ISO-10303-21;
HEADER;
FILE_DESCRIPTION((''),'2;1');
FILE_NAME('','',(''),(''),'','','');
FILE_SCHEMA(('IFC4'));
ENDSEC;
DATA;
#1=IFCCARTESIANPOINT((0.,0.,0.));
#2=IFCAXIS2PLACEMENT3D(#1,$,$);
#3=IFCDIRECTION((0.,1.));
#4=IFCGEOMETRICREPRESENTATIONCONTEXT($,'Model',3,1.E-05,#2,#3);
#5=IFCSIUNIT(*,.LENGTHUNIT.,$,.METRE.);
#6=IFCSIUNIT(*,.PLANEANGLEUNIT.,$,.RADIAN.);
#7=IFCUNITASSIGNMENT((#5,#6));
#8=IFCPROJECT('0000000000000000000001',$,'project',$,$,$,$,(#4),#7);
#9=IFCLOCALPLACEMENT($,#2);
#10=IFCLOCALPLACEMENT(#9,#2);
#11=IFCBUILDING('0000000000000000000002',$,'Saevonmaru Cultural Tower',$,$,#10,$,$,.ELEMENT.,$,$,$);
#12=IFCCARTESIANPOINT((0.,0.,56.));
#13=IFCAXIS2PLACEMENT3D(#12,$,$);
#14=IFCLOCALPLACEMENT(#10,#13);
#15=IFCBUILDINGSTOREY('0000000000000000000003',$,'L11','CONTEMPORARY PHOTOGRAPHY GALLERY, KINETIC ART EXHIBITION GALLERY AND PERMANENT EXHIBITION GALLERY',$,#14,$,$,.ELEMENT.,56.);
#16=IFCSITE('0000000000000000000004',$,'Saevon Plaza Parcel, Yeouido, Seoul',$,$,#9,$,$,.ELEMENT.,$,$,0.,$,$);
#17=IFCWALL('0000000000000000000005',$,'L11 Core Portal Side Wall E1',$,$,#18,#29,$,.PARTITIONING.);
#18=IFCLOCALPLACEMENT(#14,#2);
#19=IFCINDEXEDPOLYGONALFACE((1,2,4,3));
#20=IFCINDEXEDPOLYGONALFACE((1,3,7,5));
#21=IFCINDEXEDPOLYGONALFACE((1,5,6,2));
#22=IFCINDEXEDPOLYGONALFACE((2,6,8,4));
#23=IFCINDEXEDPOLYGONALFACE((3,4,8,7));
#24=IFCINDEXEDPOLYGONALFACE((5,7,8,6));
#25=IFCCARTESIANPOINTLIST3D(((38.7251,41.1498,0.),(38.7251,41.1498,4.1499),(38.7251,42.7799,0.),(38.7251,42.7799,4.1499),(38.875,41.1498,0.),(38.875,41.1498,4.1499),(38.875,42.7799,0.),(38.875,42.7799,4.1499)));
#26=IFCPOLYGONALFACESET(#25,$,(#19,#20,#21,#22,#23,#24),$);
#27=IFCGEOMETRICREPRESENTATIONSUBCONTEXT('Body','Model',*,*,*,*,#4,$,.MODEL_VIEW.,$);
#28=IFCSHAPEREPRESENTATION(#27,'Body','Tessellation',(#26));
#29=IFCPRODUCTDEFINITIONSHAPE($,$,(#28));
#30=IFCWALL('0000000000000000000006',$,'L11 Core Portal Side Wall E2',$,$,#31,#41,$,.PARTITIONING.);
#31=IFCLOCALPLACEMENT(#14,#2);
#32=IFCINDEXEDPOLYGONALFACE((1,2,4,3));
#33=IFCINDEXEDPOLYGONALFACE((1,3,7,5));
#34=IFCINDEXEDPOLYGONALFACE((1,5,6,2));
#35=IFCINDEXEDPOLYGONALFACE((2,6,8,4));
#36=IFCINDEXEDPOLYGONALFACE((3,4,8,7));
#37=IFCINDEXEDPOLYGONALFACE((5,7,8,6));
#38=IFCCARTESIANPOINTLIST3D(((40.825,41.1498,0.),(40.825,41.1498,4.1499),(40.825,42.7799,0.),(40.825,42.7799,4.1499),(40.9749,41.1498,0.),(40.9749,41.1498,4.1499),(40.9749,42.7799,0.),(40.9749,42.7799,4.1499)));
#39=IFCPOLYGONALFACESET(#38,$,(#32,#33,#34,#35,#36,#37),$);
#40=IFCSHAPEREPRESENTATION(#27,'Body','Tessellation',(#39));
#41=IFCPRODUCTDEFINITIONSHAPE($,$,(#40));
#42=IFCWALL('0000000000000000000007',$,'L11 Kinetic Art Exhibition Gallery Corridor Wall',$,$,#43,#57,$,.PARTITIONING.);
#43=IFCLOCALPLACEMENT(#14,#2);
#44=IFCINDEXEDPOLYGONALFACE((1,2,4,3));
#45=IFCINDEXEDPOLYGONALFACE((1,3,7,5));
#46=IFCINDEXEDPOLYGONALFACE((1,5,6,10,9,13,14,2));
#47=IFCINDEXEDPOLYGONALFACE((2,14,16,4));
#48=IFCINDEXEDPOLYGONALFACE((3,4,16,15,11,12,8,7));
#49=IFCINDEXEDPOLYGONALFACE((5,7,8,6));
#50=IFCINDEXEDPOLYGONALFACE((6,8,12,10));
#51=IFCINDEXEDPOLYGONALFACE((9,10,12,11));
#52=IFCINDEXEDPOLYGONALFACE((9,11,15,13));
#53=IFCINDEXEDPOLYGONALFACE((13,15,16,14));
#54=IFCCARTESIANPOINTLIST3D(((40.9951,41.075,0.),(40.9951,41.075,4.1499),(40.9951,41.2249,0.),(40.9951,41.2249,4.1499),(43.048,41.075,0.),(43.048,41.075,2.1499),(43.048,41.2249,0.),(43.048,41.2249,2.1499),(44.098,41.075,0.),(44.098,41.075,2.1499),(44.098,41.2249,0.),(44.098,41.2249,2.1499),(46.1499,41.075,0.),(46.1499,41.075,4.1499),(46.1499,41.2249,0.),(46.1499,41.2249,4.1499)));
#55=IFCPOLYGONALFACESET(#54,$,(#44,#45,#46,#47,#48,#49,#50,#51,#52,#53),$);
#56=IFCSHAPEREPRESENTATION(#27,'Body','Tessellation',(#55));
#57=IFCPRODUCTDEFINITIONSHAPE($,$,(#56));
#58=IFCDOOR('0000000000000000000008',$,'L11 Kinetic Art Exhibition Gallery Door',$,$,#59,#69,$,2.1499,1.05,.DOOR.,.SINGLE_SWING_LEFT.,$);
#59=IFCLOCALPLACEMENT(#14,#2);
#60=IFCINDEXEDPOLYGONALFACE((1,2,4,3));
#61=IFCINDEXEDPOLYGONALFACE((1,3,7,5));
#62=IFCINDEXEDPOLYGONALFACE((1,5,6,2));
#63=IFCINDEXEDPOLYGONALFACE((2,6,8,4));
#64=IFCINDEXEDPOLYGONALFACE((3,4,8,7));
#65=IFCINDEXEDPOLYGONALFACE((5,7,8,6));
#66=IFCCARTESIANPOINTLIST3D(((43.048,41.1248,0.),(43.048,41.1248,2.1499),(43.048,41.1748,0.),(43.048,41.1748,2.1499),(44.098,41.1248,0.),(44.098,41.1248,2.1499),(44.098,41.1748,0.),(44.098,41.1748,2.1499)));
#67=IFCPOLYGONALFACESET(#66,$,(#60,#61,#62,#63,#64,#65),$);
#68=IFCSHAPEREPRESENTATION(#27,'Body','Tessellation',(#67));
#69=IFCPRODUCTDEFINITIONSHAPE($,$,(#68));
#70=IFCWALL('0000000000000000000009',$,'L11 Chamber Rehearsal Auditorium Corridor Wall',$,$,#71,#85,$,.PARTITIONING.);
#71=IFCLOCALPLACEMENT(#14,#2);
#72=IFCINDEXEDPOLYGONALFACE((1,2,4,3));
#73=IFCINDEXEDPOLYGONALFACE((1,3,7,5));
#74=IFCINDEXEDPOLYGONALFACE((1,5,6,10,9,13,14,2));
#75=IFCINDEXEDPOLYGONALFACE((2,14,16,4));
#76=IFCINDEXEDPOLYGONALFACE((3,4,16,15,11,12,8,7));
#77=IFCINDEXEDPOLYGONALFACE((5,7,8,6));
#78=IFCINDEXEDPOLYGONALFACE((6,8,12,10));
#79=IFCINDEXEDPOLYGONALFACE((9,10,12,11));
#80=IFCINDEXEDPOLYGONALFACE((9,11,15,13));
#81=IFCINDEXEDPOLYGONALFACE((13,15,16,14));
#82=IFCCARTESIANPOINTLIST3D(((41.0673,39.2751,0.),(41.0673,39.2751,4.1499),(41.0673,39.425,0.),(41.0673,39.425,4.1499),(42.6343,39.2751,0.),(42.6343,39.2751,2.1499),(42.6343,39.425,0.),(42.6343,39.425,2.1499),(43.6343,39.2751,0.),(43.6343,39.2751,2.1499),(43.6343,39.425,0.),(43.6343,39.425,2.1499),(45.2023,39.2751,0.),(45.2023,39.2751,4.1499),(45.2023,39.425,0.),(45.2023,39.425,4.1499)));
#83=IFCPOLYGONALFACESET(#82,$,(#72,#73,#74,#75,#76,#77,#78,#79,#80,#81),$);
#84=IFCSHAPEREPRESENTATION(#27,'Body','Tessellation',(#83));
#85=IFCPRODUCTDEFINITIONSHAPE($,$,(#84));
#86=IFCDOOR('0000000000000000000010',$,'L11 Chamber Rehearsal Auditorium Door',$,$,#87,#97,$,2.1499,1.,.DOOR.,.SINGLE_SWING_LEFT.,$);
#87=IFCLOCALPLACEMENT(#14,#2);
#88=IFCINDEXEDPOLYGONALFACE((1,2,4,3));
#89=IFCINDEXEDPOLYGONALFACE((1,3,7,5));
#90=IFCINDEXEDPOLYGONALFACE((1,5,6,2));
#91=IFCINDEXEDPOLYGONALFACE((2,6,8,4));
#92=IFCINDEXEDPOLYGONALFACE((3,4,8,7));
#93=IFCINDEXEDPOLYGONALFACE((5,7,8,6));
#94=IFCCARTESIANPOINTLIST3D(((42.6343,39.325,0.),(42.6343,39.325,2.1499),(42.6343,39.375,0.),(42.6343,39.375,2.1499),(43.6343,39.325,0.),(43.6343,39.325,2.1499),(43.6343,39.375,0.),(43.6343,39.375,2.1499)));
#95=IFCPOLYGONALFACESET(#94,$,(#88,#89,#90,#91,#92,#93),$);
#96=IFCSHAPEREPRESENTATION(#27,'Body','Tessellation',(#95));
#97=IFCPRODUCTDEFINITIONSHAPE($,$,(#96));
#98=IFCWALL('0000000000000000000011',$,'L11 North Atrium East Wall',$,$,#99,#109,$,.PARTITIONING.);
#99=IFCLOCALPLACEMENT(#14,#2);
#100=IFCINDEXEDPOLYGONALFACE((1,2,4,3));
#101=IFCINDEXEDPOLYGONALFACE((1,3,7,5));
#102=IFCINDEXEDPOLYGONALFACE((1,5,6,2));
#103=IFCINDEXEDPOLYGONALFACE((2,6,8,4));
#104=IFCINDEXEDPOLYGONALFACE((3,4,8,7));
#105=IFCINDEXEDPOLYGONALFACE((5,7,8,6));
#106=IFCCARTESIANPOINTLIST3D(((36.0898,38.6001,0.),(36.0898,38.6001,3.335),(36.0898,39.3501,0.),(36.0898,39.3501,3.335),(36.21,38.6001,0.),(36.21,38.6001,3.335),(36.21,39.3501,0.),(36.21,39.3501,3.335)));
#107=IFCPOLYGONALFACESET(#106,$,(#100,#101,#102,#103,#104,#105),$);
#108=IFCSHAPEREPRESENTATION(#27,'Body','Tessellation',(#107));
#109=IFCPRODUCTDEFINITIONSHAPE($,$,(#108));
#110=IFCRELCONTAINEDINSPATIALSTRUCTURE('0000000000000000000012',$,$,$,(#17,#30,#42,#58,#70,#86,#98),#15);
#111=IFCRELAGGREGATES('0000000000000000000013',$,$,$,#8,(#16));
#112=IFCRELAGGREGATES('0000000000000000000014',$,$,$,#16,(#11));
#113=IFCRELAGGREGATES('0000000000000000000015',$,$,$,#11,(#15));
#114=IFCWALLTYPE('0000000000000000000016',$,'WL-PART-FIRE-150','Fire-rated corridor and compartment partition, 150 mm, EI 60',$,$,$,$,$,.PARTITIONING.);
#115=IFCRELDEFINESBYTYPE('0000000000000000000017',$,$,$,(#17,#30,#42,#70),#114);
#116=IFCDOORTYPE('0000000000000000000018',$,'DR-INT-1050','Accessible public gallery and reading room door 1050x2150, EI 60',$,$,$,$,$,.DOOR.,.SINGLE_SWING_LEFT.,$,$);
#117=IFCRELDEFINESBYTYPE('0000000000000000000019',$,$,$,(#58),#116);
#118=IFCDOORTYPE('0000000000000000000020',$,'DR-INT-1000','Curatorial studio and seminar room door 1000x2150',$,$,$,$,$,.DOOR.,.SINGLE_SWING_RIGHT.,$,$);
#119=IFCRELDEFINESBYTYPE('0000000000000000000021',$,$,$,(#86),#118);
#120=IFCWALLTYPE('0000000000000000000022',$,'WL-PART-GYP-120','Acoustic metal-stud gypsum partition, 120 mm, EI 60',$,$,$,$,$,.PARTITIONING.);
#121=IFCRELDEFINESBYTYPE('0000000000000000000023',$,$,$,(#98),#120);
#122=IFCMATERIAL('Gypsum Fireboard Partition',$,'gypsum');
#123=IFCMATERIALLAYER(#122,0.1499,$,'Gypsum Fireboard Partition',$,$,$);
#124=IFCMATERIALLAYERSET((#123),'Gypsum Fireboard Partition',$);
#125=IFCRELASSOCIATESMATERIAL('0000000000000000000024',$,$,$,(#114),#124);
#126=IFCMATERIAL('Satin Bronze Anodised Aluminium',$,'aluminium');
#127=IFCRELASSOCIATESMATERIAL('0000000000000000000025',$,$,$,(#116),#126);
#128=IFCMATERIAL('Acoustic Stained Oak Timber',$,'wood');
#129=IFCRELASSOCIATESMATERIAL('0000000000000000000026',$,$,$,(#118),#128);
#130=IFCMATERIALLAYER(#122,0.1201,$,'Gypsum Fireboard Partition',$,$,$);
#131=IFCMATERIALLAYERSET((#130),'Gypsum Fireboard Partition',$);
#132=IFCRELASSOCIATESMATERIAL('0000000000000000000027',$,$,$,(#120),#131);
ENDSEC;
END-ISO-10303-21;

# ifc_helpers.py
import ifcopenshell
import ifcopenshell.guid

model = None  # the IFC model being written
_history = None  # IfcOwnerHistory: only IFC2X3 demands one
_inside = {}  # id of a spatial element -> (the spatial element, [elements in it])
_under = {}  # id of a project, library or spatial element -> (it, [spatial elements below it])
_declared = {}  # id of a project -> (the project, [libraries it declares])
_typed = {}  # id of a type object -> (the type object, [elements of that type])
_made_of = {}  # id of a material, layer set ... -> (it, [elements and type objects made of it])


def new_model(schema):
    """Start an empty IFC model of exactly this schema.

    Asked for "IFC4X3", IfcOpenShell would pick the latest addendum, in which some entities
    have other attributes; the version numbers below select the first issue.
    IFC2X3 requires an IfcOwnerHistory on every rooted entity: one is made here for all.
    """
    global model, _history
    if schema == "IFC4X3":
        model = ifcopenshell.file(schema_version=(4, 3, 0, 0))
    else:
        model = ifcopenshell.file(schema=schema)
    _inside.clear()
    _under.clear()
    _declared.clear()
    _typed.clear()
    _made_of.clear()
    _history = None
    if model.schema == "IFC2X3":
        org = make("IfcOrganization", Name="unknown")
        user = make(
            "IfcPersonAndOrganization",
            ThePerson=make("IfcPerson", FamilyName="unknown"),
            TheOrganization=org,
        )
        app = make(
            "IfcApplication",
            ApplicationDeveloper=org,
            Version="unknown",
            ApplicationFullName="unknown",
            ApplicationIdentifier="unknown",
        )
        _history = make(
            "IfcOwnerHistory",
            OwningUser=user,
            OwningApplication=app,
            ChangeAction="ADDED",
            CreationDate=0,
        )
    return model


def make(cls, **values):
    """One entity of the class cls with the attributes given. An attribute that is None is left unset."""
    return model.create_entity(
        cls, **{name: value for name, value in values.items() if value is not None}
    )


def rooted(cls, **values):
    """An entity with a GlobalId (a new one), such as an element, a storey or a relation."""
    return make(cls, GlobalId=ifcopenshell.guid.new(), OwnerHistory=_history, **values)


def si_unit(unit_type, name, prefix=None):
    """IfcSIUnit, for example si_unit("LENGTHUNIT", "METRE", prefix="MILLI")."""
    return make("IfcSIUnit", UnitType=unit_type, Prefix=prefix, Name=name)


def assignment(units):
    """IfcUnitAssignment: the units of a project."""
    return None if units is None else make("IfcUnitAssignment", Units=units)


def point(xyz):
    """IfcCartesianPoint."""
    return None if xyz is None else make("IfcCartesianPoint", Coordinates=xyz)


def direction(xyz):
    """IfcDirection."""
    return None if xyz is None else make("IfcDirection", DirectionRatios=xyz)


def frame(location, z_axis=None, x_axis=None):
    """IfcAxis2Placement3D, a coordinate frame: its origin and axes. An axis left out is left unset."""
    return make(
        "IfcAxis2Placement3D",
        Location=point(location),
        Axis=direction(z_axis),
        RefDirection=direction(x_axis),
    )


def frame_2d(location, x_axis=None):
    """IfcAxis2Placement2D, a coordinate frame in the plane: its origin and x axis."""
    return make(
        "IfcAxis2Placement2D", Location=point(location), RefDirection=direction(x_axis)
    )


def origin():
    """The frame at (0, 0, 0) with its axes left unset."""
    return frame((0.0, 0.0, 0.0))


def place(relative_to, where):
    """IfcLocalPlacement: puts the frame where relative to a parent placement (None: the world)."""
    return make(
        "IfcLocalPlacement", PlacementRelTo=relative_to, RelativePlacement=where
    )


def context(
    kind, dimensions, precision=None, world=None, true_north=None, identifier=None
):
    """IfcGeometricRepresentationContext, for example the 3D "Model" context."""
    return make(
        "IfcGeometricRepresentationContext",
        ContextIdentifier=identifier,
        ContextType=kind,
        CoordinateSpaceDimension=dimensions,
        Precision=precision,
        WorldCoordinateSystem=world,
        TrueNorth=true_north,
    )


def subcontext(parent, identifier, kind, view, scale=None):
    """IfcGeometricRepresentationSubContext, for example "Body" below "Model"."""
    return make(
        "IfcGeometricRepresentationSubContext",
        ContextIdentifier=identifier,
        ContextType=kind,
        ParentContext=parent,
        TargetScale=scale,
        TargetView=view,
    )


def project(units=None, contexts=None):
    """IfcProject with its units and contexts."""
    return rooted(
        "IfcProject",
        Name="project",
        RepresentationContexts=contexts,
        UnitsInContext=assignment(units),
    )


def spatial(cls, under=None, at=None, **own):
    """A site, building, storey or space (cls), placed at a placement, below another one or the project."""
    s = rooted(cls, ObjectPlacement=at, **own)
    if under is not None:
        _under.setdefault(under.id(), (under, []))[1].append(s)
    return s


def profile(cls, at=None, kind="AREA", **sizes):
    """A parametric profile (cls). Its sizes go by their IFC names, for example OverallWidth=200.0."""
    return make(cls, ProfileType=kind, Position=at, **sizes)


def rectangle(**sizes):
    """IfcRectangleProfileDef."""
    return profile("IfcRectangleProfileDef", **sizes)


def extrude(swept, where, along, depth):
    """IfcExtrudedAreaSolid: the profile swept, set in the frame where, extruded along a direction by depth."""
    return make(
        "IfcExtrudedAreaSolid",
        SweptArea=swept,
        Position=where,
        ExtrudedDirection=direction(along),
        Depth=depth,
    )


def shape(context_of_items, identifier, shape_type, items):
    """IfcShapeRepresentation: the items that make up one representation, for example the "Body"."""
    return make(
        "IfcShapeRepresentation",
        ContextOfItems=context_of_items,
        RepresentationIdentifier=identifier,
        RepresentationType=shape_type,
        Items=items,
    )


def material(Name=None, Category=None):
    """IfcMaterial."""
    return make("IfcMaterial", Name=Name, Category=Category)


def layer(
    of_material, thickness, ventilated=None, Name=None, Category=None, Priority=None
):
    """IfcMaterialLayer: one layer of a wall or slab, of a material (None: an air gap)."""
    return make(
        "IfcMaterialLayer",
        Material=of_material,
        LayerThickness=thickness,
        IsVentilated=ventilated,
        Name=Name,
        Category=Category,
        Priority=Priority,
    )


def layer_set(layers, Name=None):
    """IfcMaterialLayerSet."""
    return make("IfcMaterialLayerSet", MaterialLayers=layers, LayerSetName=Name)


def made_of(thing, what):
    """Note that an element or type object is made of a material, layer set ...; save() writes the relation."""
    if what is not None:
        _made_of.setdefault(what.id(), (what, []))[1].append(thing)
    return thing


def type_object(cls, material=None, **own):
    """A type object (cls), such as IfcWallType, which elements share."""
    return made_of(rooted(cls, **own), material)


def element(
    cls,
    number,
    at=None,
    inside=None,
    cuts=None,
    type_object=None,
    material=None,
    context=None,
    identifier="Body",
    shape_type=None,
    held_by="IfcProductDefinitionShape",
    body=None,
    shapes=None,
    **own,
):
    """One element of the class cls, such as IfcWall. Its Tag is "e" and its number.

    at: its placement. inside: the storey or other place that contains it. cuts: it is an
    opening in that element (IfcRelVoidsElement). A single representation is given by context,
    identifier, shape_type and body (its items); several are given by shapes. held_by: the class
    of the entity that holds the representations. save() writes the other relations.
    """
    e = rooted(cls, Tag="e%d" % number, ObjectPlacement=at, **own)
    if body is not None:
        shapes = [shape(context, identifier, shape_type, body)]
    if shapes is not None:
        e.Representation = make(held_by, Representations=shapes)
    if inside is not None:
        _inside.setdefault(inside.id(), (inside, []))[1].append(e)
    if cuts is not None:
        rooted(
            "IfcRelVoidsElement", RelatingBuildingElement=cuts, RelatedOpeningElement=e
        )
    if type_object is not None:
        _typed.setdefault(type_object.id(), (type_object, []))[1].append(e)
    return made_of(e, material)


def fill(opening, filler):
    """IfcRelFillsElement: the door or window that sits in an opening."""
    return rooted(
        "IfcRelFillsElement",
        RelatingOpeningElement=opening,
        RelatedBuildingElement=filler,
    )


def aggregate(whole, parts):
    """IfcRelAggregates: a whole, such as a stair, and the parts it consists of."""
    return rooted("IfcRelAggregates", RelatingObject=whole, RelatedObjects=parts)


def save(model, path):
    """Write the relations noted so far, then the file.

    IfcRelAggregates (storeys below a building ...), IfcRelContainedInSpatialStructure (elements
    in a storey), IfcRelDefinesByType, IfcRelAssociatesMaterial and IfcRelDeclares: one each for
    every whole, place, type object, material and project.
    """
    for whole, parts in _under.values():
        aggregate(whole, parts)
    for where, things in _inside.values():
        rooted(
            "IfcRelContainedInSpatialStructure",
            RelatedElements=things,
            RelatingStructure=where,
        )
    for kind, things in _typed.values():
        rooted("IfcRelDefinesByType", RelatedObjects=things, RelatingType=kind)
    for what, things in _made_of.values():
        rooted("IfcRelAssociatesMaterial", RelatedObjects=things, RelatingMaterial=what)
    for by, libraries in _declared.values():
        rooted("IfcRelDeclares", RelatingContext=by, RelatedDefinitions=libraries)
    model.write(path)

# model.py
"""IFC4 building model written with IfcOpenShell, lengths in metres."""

from ifc_helpers import new_model, si_unit, direction, frame, frame_2d, origin, place, context, subcontext, project, spatial, rectangle, extrude, material, layer, layer_set, type_object, element, fill, save


model = new_model("IFC4")

# Units and contexts
model_context = context("Model", 3, precision=1e-05, world=origin(), true_north=direction((0.0, 1.0)))
body_context = subcontext(model_context, "Body", "Model", "MODEL_VIEW")
ifc_project = project(units=[si_unit("LENGTHUNIT", "METRE"), si_unit("PLANEANGLEUNIT", "RADIAN")], contexts=[model_context])

# Site, building, storey
site_placement = place(None, origin())
site = spatial("IfcSite", under=ifc_project, at=site_placement, Name="Saevon Plaza Parcel, Yeouido, Seoul", CompositionType="ELEMENT", RefElevation=0.0)
building_placement = place(site_placement, origin())
building = spatial("IfcBuilding", under=site, at=building_placement, Name="Saevonmaru Cultural Tower", CompositionType="ELEMENT")
storey_placement = place(building_placement, frame((0.0, 0.0, 56.0)))
storey = spatial("IfcBuildingStorey", under=building, at=storey_placement, Name="L11", Description="CONTEMPORARY PHOTOGRAPHY GALLERY, KINETIC ART EXHIBITION GALLERY AND PERMANENT EXHIBITION GALLERY", CompositionType="ELEMENT", Elevation=56.0)

# Shared definitions
ifc_material_1 = material(Name="Satin Bronze Anodised Aluminium", Category="aluminium")

# Walls
ifc_material_2 = material(Name="Gypsum Fireboard Partition", Category="gypsum")
ifc_layer_1 = layer(ifc_material_2, 0.1499, Name="Gypsum Fireboard Partition")
ifc_layer_set_1 = layer_set([ifc_layer_1], Name="Gypsum Fireboard Partition")
wall_type_1 = type_object("IfcWallType", Name="WL-PART-FIRE-150", Description="Fire-rated corridor and compartment partition, 150 mm, EI 60", PredefinedType="PARTITIONING", material=ifc_layer_set_1)
for number, where, z_axis, x_axis, name in (
    (1, (38.8, 41.1499, 0.0), (0.0, 0.0, 1.0), (0.0, 1.0, 0.0), "L11 Core Portal Side Wall E1"),
    (2, (40.8999, 41.1499, 0.0), (0.0, 0.0, 1.0), (0.0, 1.0, 0.0), "L11 Core Portal Side Wall E2"),
):
    element("IfcWall", number, at=place(storey_placement, frame(where, z_axis=z_axis, x_axis=x_axis)), inside=storey, type_object=wall_type_1, Name=name, PredefinedType="PARTITIONING", context=body_context, shape_type="SweptSolid", body=[
        extrude(rectangle(XDim=1.6301, YDim=0.1499, at=frame_2d((0.8149, 0.0))), origin(), (0.0, 0.0, 1.0), 4.1499),
    ])

# Walls, openings, doors
wall_1_placement = place(storey_placement, frame((40.9951, 41.1499, 0.0), z_axis=(0.0, 0.0, 1.0), x_axis=(1.0, 0.0, 0.0)))
wall_1 = element("IfcWall", 3, at=wall_1_placement, inside=storey, type_object=wall_type_1, Name="L11 Kinetic Art Exhibition Gallery Corridor Wall", PredefinedType="PARTITIONING", context=body_context, shape_type="SweptSolid", body=[
    extrude(rectangle(XDim=5.1548, YDim=0.1499, at=frame_2d((2.5774, 0.0))), origin(), (0.0, 0.0, 1.0), 4.1499),
])
opening_1_placement = place(wall_1_placement, frame((2.053, 0.0, 0.0)))
opening_1 = element("IfcOpeningElement", 4, at=opening_1_placement, cuts=wall_1, PredefinedType="OPENING", context=body_context, shape_type="SweptSolid", body=[
    extrude(rectangle(XDim=1.05, YDim=2.1499, at=frame_2d((0.5249, 1.075))), frame((0.0, 0.085, 0.0), z_axis=(0.0, -1.0, 0.0), x_axis=(1.0, 0.0, 0.0)), (0.0, 0.0, 1.0), 0.1699),
])
door_type_1 = type_object("IfcDoorType", Name="DR-INT-1050", Description="Accessible public gallery and reading room door 1050x2150, EI 60", OperationType="SINGLE_SWING_LEFT", PredefinedType="DOOR", material=ifc_material_1)
door_1_placement = place(opening_1_placement, origin())
door_1 = element("IfcDoor", 5, at=door_1_placement, inside=storey, type_object=door_type_1, Name="L11 Kinetic Art Exhibition Gallery Door", OperationType="SINGLE_SWING_LEFT", OverallHeight=2.1499, OverallWidth=1.05, PredefinedType="DOOR", context=body_context, shape_type="SweptSolid", body=[
    extrude(rectangle(XDim=1.05, YDim=2.1499, at=frame_2d((0.5249, 1.075))), frame((0.0, 0.0249, 0.0), z_axis=(0.0, -1.0, 0.0), x_axis=(1.0, 0.0, 0.0)), (0.0, 0.0, 1.0), 0.05),
])
fill(opening_1, door_1)
wall_2_placement = place(storey_placement, frame((41.0674, 39.3501, 0.0), z_axis=(0.0, 0.0, 1.0), x_axis=(1.0, 0.0, 0.0)))
wall_2 = element("IfcWall", 6, at=wall_2_placement, inside=storey, type_object=wall_type_1, Name="L11 Chamber Rehearsal Auditorium Corridor Wall", PredefinedType="PARTITIONING", context=body_context, shape_type="SweptSolid", body=[
    extrude(rectangle(XDim=4.135, YDim=0.1499, at=frame_2d((2.0674, 0.0))), origin(), (0.0, 0.0, 1.0), 4.1499),
])
opening_2_placement = place(wall_2_placement, frame((1.5669, 0.0, 0.0)))
opening_2 = element("IfcOpeningElement", 7, at=opening_2_placement, cuts=wall_2, PredefinedType="OPENING", context=body_context, shape_type="SweptSolid", body=[
    extrude(rectangle(XDim=1.0, YDim=2.1499, at=frame_2d((0.5, 1.075))), frame((0.0, 0.085, 0.0), z_axis=(0.0, -1.0, 0.0), x_axis=(1.0, 0.0, 0.0)), (0.0, 0.0, 1.0), 0.1699),
])
ifc_material_3 = material(Name="Acoustic Stained Oak Timber", Category="wood")
door_type_2 = type_object("IfcDoorType", Name="DR-INT-1000", Description="Curatorial studio and seminar room door 1000x2150", OperationType="SINGLE_SWING_RIGHT", PredefinedType="DOOR", material=ifc_material_3)
door_2_placement = place(opening_2_placement, origin())
door_2 = element("IfcDoor", 8, at=door_2_placement, inside=storey, type_object=door_type_2, Name="L11 Chamber Rehearsal Auditorium Door", OperationType="SINGLE_SWING_LEFT", OverallHeight=2.1499, OverallWidth=1.0, PredefinedType="DOOR", context=body_context, shape_type="SweptSolid", body=[
    extrude(rectangle(XDim=1.0, YDim=2.1499, at=frame_2d((0.5, 1.075))), frame((0.0, 0.0249, 0.0), z_axis=(0.0, -1.0, 0.0), x_axis=(1.0, 0.0, 0.0)), (0.0, 0.0, 1.0), 0.05),
])
fill(opening_2, door_2)

# Wall
ifc_layer_2 = layer(ifc_material_2, 0.1201, Name="Gypsum Fireboard Partition")
ifc_layer_set_2 = layer_set([ifc_layer_2], Name="Gypsum Fireboard Partition")
wall_type_2 = type_object("IfcWallType", Name="WL-PART-GYP-120", Description="Acoustic metal-stud gypsum partition, 120 mm, EI 60", PredefinedType="PARTITIONING", material=ifc_layer_set_2)
wall_3_placement = place(storey_placement, frame((36.1499, 38.6001, 0.0), z_axis=(0.0, 0.0, 1.0), x_axis=(0.0, 1.0, 0.0)))
element("IfcWall", 9, at=wall_3_placement, inside=storey, type_object=wall_type_2, Name="L11 North Atrium East Wall", PredefinedType="PARTITIONING", context=body_context, shape_type="SweptSolid", body=[
    extrude(rectangle(XDim=0.75, YDim=0.1201, at=frame_2d((0.375, 0.0))), origin(), (0.0, 0.0, 1.0), 3.335),
])

save(model, "model.ifc")
